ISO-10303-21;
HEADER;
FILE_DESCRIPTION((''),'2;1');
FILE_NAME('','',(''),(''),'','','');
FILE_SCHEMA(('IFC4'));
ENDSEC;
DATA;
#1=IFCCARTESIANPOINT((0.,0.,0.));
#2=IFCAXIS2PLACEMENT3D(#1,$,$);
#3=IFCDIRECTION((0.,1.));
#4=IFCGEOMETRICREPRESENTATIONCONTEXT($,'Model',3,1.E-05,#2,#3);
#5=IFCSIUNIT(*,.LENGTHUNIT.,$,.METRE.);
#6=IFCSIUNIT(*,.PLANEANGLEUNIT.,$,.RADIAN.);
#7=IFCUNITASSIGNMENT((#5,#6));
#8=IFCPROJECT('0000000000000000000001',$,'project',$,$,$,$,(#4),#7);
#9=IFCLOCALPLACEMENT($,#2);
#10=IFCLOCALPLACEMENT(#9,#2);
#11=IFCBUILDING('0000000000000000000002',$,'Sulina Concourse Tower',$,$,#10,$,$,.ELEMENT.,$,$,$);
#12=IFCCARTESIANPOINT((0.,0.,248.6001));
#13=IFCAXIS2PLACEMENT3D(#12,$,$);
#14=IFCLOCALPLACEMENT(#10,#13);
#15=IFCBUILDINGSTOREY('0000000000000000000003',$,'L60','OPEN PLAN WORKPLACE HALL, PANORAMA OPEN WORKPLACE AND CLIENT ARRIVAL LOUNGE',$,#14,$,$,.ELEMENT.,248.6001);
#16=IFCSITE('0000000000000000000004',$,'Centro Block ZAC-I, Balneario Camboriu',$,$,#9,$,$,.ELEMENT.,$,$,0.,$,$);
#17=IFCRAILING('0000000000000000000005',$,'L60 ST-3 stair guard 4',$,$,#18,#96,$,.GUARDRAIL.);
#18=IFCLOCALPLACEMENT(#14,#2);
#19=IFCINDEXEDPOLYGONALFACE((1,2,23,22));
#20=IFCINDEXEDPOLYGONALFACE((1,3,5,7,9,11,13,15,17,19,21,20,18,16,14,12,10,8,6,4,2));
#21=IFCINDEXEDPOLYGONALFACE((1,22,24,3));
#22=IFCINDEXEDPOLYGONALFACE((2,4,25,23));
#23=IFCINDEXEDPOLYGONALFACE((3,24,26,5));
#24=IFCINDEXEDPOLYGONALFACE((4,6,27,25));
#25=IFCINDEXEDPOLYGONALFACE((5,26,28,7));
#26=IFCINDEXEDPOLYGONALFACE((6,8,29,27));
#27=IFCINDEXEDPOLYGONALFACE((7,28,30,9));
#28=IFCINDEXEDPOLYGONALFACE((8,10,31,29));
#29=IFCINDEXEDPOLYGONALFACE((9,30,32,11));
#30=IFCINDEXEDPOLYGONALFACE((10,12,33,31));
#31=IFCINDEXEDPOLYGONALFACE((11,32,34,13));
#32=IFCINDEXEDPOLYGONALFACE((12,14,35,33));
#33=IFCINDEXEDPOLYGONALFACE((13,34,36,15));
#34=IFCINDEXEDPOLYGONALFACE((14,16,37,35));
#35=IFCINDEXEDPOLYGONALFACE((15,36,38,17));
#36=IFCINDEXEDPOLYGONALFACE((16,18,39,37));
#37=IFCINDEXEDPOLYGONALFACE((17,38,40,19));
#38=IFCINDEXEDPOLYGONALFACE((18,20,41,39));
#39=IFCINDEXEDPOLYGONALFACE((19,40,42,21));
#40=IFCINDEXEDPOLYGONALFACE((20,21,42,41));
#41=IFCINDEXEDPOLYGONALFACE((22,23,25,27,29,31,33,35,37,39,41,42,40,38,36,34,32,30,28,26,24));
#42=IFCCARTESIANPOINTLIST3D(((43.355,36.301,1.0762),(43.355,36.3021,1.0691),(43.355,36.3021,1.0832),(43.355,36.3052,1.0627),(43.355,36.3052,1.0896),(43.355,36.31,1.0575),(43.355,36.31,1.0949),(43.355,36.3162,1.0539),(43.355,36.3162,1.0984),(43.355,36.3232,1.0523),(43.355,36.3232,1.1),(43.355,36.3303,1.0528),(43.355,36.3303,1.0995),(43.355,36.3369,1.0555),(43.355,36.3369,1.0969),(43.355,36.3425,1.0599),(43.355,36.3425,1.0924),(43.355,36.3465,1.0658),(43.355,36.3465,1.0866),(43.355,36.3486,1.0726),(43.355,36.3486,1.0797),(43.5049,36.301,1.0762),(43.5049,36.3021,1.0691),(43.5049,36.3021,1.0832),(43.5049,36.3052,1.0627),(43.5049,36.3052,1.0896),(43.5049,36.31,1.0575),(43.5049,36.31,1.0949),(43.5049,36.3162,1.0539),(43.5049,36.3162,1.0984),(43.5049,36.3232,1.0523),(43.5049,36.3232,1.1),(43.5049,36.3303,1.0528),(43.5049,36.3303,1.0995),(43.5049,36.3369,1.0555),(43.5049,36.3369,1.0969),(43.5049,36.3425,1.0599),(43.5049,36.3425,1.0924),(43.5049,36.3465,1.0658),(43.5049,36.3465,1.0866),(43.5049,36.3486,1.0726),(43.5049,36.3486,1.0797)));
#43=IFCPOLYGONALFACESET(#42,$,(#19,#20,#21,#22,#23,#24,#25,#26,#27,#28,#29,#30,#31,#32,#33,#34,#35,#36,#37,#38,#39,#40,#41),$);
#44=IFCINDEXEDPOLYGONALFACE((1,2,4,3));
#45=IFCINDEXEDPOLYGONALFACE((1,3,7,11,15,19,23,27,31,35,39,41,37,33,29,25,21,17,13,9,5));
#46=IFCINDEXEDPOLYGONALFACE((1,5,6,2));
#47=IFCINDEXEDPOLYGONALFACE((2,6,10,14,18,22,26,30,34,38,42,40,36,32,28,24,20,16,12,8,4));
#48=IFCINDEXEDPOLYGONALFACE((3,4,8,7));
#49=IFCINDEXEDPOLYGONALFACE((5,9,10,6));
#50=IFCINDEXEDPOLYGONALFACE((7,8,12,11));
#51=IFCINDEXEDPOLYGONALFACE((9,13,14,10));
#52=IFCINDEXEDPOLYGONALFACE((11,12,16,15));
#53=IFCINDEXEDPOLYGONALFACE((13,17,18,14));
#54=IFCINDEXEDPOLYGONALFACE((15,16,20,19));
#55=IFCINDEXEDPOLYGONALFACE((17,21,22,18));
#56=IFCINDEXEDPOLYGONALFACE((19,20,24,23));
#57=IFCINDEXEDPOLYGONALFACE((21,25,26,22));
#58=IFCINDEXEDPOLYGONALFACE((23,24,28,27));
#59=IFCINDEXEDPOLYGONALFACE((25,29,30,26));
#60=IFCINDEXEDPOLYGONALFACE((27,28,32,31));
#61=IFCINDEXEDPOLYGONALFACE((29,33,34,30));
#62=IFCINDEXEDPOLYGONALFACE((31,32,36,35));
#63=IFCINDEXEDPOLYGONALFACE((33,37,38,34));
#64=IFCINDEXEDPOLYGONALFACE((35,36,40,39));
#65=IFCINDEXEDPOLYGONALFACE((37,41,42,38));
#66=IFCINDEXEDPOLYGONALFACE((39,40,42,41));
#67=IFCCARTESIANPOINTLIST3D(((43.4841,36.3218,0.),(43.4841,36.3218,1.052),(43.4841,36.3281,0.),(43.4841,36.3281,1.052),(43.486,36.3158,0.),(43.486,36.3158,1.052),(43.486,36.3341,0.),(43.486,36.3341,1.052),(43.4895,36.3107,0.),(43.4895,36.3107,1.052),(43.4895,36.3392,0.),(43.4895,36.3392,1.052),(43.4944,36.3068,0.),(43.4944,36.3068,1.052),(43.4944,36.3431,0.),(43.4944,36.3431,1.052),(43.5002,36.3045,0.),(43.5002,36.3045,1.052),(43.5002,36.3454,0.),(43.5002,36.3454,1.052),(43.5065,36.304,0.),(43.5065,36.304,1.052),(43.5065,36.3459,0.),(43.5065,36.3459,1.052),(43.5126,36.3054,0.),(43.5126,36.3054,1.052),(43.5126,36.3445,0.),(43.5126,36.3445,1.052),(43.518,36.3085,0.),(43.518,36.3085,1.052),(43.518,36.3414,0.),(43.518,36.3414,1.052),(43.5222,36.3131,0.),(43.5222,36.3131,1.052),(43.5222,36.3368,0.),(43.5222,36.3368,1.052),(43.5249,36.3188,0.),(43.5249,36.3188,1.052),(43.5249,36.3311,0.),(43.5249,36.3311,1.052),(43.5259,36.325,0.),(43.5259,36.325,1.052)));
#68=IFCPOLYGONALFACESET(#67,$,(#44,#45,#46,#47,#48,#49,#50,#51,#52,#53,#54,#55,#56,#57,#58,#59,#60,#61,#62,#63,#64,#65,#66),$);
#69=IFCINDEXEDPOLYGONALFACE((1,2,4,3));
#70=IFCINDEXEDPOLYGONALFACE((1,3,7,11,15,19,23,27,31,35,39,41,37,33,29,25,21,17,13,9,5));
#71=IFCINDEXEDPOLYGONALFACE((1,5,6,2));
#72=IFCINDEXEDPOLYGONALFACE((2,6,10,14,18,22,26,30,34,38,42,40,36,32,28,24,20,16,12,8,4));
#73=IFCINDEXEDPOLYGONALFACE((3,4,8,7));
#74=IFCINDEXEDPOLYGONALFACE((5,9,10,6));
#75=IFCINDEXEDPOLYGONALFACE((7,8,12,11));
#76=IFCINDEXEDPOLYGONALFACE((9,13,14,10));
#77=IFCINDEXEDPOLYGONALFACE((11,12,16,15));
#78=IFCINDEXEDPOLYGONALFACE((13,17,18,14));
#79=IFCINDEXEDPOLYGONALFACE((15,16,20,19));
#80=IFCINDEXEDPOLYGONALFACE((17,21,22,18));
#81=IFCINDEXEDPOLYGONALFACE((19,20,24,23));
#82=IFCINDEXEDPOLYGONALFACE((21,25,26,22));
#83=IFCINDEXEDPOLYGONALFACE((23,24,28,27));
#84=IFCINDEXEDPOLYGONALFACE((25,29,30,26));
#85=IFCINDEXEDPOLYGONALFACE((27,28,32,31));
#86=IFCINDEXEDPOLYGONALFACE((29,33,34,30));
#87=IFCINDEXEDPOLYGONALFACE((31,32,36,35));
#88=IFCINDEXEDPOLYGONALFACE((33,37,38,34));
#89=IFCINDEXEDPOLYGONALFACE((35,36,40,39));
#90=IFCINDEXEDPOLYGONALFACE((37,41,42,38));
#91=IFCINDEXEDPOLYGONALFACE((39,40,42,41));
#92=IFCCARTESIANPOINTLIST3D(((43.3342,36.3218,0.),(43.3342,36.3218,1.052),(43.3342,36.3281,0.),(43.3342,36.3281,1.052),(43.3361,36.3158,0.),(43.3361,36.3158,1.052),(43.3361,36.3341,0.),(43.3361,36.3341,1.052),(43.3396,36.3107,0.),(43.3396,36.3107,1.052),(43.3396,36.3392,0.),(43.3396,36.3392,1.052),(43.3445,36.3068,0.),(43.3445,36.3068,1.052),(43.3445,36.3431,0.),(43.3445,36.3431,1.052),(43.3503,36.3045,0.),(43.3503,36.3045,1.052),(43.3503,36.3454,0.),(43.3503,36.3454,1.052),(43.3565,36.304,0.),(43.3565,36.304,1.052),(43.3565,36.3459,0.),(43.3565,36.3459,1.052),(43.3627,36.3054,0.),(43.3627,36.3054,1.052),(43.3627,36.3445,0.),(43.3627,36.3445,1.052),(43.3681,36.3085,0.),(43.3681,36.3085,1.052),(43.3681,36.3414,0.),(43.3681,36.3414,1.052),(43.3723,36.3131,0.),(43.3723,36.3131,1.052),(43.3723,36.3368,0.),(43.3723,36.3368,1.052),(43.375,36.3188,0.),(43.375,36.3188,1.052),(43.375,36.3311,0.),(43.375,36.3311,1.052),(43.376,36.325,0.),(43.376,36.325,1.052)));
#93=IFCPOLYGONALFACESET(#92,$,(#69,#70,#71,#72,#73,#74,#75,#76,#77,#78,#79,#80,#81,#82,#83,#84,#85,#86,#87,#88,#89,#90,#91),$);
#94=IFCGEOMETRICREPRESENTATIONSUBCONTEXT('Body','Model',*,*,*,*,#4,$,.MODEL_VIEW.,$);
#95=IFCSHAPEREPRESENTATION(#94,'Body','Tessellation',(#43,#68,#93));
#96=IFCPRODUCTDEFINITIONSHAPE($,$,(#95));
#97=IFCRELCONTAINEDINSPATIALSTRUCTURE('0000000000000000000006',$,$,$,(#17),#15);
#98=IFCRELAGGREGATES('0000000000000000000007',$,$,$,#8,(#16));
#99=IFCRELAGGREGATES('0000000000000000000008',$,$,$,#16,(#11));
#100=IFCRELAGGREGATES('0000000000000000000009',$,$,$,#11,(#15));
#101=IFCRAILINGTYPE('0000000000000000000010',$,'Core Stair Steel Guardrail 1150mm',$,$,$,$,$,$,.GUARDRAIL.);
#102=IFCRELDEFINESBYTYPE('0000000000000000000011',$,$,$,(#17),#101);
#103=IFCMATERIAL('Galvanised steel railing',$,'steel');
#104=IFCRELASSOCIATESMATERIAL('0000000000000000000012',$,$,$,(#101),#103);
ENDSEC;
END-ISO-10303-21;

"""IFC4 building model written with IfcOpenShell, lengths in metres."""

from ifc_helpers import new_model, si_unit, direction, frame, origin, origin_2d, place, context, subcontext, project, spatial, circle, extrude, material, type_object, element, save


model = new_model("IFC4")

# Units and contexts
model_context = context("Model", 3, precision=1e-05, world=origin(), true_north=direction((0.0, 1.0)))
body_context = subcontext(model_context, "Body", "Model", "MODEL_VIEW")
ifc_project = project(units=[si_unit("LENGTHUNIT", "METRE"), si_unit("PLANEANGLEUNIT", "RADIAN")], contexts=[model_context])

# Site, building, storey
site_placement = place(None, origin())
site = spatial("IfcSite", under=ifc_project, at=site_placement, Name="Centro Block ZAC-I, Balneario Camboriu", CompositionType="ELEMENT", RefElevation=0.0)
building_placement = place(site_placement, origin())
building = spatial("IfcBuilding", under=site, at=building_placement, Name="Sulina Concourse Tower", CompositionType="ELEMENT")
storey_placement = place(building_placement, frame((0.0, 0.0, 248.6001)))
storey = spatial("IfcBuildingStorey", under=building, at=storey_placement, Name="L60", Description="OPEN PLAN WORKPLACE HALL, PANORAMA OPEN WORKPLACE AND CLIENT ARRIVAL LOUNGE", CompositionType="ELEMENT", Elevation=248.6001)

# Railing
ifc_material_1 = material(Name="Galvanised steel railing", Category="steel")
railing_type_1 = type_object("IfcRailingType", Name="Core Stair Steel Guardrail 1150mm", PredefinedType="GUARDRAIL", material=ifc_material_1)
railing_1_placement = place(storey_placement, frame((43.5049, 36.325, 0.0)))
element("IfcRailing", 1, at=railing_1_placement, inside=storey, type_object=railing_type_1, Name="L60 ST-3 stair guard 4", PredefinedType="GUARDRAIL", context=body_context, shape_type="SweptSolid", body=[
    extrude(circle(Radius=0.0239, at=origin_2d()), frame((0.0, 0.0, 1.0762), z_axis=(-1.0, 0.0, 0.0), x_axis=(0.0, -1.0, 0.0)), (0.0, 0.0, 1.0), 0.1499),
    extrude(circle(Radius=0.021, at=origin_2d()), origin(), (0.0, 0.0, 1.0), 1.052),
    extrude(circle(Radius=0.021, at=origin_2d()), frame((-0.1499, 0.0, 0.0)), (0.0, 0.0, 1.0), 1.052),
])

save(model, "model.ifc")
